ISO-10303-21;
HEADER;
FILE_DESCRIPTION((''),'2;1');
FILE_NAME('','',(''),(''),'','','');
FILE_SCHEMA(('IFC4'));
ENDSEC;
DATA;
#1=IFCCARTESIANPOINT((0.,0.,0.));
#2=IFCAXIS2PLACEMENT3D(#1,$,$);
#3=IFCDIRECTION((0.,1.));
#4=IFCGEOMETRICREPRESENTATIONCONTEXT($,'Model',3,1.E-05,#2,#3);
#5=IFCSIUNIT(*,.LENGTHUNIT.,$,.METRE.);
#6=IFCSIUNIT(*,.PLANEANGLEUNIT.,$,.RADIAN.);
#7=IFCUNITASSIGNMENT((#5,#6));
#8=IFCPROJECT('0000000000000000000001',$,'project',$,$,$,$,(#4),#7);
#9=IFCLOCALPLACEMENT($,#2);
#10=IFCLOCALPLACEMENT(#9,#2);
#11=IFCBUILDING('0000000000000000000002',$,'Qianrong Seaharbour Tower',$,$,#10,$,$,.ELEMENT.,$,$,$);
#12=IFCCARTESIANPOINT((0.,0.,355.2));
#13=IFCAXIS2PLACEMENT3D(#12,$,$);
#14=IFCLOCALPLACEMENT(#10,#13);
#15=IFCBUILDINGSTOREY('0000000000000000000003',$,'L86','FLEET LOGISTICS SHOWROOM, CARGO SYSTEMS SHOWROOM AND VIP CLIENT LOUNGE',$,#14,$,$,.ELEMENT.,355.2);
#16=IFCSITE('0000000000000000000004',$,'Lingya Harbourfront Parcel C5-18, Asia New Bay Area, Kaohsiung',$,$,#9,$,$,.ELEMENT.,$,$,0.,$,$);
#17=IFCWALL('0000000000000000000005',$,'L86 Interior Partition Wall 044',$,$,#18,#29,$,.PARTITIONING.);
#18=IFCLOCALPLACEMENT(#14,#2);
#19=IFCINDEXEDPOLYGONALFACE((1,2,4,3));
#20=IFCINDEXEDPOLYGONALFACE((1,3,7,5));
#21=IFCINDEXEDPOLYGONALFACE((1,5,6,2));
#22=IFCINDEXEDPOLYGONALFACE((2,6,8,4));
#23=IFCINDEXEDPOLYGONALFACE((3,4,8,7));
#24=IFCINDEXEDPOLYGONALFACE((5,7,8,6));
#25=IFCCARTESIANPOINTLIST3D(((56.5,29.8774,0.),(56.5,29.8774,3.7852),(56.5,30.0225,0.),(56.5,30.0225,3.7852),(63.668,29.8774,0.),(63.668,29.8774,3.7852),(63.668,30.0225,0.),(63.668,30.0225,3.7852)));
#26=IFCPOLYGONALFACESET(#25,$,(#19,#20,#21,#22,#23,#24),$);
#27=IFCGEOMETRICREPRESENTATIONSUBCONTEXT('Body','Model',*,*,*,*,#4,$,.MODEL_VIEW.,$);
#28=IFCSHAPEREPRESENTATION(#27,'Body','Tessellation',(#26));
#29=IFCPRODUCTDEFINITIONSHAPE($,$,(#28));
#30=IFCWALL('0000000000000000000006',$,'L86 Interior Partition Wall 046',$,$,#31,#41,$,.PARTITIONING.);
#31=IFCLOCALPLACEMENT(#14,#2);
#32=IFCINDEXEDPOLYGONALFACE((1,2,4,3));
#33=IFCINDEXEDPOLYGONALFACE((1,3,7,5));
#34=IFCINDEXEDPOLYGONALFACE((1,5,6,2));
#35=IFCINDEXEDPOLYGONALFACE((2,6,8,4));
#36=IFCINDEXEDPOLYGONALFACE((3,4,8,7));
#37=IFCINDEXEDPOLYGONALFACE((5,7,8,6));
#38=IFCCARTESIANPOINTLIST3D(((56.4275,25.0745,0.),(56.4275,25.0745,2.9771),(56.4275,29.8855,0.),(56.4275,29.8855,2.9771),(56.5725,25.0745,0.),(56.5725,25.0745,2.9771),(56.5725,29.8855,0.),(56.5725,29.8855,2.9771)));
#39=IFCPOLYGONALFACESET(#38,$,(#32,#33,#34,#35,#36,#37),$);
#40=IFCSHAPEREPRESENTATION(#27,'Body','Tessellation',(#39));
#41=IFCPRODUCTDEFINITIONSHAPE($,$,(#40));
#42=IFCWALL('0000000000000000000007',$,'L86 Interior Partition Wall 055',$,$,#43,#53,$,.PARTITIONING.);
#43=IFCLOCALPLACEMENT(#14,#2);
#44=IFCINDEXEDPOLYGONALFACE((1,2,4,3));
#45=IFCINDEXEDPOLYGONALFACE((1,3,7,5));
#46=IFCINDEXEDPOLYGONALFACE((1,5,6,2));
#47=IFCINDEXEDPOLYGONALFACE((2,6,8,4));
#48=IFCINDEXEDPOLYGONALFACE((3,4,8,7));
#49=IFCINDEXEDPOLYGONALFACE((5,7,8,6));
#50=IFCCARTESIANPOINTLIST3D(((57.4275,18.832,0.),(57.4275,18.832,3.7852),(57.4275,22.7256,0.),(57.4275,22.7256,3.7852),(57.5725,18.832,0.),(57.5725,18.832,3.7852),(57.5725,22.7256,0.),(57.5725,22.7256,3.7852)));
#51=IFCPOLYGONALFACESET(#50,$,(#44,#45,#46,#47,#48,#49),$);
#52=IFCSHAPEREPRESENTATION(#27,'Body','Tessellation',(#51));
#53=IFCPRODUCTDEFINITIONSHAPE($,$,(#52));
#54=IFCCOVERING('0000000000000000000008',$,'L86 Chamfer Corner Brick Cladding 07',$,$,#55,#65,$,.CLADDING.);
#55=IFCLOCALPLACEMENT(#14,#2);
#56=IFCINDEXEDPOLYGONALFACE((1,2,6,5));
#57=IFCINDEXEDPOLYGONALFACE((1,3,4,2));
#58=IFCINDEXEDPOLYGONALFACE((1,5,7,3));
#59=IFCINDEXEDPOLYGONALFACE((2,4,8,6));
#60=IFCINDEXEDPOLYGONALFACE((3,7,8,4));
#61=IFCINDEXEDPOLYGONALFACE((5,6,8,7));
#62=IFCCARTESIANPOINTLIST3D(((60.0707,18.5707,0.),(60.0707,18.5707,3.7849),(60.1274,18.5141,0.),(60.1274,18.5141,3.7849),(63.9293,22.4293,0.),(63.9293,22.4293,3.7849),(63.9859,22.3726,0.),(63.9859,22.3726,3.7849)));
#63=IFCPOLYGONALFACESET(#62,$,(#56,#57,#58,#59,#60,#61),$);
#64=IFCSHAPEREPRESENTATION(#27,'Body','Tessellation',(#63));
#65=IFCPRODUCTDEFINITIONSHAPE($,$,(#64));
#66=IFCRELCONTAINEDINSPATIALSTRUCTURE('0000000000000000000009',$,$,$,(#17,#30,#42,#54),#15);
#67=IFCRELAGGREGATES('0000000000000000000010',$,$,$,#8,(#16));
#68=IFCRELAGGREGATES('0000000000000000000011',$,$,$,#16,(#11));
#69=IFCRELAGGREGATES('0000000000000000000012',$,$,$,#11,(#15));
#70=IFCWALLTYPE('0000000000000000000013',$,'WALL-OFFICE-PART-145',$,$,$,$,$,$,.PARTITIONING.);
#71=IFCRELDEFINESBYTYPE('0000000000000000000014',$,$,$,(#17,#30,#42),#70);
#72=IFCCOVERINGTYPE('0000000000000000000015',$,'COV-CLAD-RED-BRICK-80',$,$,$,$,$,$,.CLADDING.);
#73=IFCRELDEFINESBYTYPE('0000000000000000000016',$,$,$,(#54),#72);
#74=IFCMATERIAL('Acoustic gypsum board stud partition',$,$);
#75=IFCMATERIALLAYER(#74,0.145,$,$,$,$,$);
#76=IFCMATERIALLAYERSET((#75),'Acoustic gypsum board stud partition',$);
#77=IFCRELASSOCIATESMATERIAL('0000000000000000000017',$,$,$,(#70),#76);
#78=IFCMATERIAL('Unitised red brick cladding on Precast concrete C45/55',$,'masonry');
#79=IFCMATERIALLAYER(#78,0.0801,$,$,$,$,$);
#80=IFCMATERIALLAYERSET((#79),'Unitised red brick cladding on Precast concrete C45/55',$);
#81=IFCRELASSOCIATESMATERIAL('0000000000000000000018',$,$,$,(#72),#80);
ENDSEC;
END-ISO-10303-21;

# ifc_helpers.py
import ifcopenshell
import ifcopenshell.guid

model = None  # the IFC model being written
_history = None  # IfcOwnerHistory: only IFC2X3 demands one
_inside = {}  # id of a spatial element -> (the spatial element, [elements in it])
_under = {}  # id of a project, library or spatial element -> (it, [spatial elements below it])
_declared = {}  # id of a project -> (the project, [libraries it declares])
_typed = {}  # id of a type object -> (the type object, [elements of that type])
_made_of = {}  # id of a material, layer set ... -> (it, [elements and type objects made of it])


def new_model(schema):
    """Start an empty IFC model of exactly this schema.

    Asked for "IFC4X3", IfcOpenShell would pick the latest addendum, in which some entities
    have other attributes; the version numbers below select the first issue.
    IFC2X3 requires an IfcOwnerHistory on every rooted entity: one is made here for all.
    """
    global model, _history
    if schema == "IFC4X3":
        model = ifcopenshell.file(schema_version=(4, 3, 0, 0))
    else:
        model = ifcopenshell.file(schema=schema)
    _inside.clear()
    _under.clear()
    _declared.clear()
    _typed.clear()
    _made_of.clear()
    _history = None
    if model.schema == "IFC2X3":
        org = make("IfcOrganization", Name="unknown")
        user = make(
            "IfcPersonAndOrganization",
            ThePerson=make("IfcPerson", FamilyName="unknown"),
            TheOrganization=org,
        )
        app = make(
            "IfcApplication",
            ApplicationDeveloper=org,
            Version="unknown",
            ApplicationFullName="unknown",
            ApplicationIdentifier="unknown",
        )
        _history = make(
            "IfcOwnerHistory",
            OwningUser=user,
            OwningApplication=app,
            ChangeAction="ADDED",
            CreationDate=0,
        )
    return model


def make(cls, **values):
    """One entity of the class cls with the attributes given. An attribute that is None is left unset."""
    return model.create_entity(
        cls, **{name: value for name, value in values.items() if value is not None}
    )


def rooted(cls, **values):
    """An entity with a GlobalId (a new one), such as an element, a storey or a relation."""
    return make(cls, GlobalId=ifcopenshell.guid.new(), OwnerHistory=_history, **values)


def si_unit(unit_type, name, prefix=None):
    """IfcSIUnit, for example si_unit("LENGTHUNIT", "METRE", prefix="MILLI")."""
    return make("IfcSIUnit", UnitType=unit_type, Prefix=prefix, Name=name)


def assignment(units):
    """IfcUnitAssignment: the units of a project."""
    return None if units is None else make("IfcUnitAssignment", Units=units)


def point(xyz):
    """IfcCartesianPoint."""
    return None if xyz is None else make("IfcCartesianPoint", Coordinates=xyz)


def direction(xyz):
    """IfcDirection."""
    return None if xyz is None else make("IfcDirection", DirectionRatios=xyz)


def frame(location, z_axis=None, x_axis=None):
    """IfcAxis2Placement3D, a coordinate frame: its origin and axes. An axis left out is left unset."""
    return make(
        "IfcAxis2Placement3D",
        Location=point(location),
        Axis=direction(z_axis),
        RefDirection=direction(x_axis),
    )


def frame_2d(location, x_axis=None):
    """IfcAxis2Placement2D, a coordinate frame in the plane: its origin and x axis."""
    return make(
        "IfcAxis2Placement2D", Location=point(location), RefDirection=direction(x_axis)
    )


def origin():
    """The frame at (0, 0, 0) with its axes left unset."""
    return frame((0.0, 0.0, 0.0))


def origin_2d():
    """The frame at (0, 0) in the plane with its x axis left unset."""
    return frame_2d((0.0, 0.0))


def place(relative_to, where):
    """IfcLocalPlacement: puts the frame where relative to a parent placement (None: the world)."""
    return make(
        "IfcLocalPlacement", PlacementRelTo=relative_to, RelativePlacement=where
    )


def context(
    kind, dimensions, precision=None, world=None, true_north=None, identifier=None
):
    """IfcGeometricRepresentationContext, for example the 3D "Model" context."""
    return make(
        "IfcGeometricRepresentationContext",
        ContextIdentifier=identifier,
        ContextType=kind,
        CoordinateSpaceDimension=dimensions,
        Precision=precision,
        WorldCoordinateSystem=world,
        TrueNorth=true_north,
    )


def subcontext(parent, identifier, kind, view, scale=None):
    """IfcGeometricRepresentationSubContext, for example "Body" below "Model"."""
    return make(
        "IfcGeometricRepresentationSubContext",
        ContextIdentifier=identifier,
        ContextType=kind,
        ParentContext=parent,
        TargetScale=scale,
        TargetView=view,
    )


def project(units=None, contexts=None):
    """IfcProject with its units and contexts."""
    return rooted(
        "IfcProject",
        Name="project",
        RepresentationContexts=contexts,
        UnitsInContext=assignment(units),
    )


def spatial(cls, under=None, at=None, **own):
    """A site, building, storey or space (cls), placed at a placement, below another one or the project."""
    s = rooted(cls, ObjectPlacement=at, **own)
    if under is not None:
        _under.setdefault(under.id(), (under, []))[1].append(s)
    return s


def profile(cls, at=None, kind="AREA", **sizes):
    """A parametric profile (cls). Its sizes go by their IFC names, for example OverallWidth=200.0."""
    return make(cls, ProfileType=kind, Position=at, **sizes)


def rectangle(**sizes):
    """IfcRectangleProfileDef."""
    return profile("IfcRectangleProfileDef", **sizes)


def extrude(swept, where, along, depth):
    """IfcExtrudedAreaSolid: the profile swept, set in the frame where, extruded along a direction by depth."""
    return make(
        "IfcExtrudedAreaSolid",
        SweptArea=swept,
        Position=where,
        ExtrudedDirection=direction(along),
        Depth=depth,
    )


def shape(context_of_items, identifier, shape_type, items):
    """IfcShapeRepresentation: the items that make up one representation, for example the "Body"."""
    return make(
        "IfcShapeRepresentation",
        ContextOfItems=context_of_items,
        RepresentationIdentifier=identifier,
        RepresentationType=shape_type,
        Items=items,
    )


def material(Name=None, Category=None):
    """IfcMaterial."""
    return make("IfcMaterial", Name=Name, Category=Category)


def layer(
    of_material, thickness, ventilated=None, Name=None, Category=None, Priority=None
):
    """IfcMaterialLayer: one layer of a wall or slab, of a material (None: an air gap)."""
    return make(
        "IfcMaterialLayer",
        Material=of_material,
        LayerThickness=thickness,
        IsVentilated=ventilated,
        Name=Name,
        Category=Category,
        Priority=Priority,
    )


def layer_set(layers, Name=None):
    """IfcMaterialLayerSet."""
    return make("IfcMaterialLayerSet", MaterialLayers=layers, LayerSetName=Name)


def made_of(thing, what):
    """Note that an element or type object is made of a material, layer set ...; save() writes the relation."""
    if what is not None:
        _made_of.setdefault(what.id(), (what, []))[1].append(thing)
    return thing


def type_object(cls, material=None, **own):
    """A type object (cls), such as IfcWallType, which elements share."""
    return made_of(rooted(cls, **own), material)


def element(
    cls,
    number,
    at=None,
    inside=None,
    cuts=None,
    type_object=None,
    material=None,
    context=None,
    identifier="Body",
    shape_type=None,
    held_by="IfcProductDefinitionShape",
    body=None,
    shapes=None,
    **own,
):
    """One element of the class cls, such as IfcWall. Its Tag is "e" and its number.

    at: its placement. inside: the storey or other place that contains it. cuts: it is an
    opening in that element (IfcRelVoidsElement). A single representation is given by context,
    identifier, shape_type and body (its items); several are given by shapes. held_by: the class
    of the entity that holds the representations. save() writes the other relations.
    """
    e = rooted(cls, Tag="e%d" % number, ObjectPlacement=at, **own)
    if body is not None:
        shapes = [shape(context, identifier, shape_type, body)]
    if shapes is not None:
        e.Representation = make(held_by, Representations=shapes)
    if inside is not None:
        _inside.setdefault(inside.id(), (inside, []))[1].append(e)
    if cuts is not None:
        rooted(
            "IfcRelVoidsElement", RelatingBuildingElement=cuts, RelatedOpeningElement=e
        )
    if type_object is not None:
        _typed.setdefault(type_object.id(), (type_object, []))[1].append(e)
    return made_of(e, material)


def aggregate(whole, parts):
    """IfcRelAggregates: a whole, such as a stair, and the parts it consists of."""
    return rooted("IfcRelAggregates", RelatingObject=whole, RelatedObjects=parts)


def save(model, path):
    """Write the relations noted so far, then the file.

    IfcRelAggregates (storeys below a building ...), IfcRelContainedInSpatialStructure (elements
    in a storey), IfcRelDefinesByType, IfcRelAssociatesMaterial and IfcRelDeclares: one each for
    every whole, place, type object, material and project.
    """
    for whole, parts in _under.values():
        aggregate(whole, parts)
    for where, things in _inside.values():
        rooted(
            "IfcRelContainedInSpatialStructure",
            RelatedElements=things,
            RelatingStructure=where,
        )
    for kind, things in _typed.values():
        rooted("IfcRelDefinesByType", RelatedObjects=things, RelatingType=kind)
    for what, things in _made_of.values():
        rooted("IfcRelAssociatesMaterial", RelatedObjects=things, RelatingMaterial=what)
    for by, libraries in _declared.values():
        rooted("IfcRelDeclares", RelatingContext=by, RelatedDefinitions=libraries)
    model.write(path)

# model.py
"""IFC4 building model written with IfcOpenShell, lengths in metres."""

from ifc_helpers import new_model, si_unit, direction, frame, frame_2d, origin, origin_2d, place, context, subcontext, project, spatial, rectangle, extrude, material, layer, layer_set, type_object, element, save


model = new_model("IFC4")

# Units and contexts
model_context = context("Model", 3, precision=1e-05, world=origin(), true_north=direction((0.0, 1.0)))
body_context = subcontext(model_context, "Body", "Model", "MODEL_VIEW")
ifc_project = project(units=[si_unit("LENGTHUNIT", "METRE"), si_unit("PLANEANGLEUNIT", "RADIAN")], contexts=[model_context])

# Site, building, storey
site_placement = place(None, origin())
site = spatial("IfcSite", under=ifc_project, at=site_placement, Name="Lingya Harbourfront Parcel C5-18, Asia New Bay Area, Kaohsiung", CompositionType="ELEMENT", RefElevation=0.0)
building_placement = place(site_placement, origin())
building = spatial("IfcBuilding", under=site, at=building_placement, Name="Qianrong Seaharbour Tower", CompositionType="ELEMENT")
storey_placement = place(building_placement, frame((0.0, 0.0, 355.2)))
storey = spatial("IfcBuildingStorey", under=building, at=storey_placement, Name="L86", Description="FLEET LOGISTICS SHOWROOM, CARGO SYSTEMS SHOWROOM AND VIP CLIENT LOUNGE", CompositionType="ELEMENT", Elevation=355.2)

# Walls
ifc_material_1 = material(Name="Acoustic gypsum board stud partition")
ifc_layer_1 = layer(ifc_material_1, 0.145)
ifc_layer_set_1 = layer_set([ifc_layer_1], Name="Acoustic gypsum board stud partition")
wall_type_1 = type_object("IfcWallType", Name="WALL-OFFICE-PART-145", PredefinedType="PARTITIONING", material=ifc_layer_set_1)
wall_1_placement = place(storey_placement, frame((63.668, 29.95, 0.0), z_axis=(0.0, 0.0, 1.0), x_axis=(-1.0, 0.0, 0.0)))
element("IfcWall", 1, at=wall_1_placement, inside=storey, type_object=wall_type_1, Name="L86 Interior Partition Wall 044", PredefinedType="PARTITIONING", context=body_context, shape_type="SweptSolid", body=[
    extrude(rectangle(XDim=7.168, YDim=0.145, at=frame_2d((3.584, 0.0))), origin(), (0.0, 0.0, 1.0), 3.7852),
])
wall_2_placement = place(storey_placement, frame((56.5, 29.8855, 0.0), z_axis=(0.0, 0.0, 1.0), x_axis=(0.0, -1.0, 0.0)))
element("IfcWall", 2, at=wall_2_placement, inside=storey, type_object=wall_type_1, Name="L86 Interior Partition Wall 046", PredefinedType="PARTITIONING", context=body_context, shape_type="SweptSolid", body=[
    extrude(rectangle(XDim=4.811, YDim=0.145, at=frame_2d((2.4055, 0.0))), origin(), (0.0, 0.0, 1.0), 2.9771),
])
wall_3_placement = place(storey_placement, frame((57.5, 22.7256, 0.0), z_axis=(0.0, 0.0, 1.0), x_axis=(0.0, -1.0, 0.0)))
element("IfcWall", 3, at=wall_3_placement, inside=storey, type_object=wall_type_1, Name="L86 Interior Partition Wall 055", PredefinedType="PARTITIONING", context=body_context, shape_type="SweptSolid", body=[
    extrude(rectangle(XDim=3.8936, YDim=0.145, at=frame_2d((1.9468, 0.0))), origin(), (0.0, 0.0, 1.0), 3.7852),
])

# Covering
ifc_material_2 = material(Name="Unitised red brick cladding on Precast concrete C45/55", Category="masonry")
ifc_layer_2 = layer(ifc_material_2, 0.0801)
ifc_layer_set_2 = layer_set([ifc_layer_2], Name="Unitised red brick cladding on Precast concrete C45/55")
covering_type = type_object("IfcCoveringType", Name="COV-CLAD-RED-BRICK-80", PredefinedType="CLADDING", material=ifc_layer_set_2)
covering_placement = place(storey_placement, frame((62.0283, 20.4717, 0.0), z_axis=(0.0, 0.0, 1.0), x_axis=(-0.707107, -0.707107, 0.0)))
element("IfcCovering", 4, at=covering_placement, inside=storey, type_object=covering_type, Name="L86 Chamfer Corner Brick Cladding 07", PredefinedType="CLADDING", context=body_context, shape_type="SweptSolid", body=[
    extrude(rectangle(XDim=5.4568, YDim=0.0801, at=origin_2d()), origin(), (0.0, 0.0, 1.0), 3.7849),
])

save(model, "model.ifc")
